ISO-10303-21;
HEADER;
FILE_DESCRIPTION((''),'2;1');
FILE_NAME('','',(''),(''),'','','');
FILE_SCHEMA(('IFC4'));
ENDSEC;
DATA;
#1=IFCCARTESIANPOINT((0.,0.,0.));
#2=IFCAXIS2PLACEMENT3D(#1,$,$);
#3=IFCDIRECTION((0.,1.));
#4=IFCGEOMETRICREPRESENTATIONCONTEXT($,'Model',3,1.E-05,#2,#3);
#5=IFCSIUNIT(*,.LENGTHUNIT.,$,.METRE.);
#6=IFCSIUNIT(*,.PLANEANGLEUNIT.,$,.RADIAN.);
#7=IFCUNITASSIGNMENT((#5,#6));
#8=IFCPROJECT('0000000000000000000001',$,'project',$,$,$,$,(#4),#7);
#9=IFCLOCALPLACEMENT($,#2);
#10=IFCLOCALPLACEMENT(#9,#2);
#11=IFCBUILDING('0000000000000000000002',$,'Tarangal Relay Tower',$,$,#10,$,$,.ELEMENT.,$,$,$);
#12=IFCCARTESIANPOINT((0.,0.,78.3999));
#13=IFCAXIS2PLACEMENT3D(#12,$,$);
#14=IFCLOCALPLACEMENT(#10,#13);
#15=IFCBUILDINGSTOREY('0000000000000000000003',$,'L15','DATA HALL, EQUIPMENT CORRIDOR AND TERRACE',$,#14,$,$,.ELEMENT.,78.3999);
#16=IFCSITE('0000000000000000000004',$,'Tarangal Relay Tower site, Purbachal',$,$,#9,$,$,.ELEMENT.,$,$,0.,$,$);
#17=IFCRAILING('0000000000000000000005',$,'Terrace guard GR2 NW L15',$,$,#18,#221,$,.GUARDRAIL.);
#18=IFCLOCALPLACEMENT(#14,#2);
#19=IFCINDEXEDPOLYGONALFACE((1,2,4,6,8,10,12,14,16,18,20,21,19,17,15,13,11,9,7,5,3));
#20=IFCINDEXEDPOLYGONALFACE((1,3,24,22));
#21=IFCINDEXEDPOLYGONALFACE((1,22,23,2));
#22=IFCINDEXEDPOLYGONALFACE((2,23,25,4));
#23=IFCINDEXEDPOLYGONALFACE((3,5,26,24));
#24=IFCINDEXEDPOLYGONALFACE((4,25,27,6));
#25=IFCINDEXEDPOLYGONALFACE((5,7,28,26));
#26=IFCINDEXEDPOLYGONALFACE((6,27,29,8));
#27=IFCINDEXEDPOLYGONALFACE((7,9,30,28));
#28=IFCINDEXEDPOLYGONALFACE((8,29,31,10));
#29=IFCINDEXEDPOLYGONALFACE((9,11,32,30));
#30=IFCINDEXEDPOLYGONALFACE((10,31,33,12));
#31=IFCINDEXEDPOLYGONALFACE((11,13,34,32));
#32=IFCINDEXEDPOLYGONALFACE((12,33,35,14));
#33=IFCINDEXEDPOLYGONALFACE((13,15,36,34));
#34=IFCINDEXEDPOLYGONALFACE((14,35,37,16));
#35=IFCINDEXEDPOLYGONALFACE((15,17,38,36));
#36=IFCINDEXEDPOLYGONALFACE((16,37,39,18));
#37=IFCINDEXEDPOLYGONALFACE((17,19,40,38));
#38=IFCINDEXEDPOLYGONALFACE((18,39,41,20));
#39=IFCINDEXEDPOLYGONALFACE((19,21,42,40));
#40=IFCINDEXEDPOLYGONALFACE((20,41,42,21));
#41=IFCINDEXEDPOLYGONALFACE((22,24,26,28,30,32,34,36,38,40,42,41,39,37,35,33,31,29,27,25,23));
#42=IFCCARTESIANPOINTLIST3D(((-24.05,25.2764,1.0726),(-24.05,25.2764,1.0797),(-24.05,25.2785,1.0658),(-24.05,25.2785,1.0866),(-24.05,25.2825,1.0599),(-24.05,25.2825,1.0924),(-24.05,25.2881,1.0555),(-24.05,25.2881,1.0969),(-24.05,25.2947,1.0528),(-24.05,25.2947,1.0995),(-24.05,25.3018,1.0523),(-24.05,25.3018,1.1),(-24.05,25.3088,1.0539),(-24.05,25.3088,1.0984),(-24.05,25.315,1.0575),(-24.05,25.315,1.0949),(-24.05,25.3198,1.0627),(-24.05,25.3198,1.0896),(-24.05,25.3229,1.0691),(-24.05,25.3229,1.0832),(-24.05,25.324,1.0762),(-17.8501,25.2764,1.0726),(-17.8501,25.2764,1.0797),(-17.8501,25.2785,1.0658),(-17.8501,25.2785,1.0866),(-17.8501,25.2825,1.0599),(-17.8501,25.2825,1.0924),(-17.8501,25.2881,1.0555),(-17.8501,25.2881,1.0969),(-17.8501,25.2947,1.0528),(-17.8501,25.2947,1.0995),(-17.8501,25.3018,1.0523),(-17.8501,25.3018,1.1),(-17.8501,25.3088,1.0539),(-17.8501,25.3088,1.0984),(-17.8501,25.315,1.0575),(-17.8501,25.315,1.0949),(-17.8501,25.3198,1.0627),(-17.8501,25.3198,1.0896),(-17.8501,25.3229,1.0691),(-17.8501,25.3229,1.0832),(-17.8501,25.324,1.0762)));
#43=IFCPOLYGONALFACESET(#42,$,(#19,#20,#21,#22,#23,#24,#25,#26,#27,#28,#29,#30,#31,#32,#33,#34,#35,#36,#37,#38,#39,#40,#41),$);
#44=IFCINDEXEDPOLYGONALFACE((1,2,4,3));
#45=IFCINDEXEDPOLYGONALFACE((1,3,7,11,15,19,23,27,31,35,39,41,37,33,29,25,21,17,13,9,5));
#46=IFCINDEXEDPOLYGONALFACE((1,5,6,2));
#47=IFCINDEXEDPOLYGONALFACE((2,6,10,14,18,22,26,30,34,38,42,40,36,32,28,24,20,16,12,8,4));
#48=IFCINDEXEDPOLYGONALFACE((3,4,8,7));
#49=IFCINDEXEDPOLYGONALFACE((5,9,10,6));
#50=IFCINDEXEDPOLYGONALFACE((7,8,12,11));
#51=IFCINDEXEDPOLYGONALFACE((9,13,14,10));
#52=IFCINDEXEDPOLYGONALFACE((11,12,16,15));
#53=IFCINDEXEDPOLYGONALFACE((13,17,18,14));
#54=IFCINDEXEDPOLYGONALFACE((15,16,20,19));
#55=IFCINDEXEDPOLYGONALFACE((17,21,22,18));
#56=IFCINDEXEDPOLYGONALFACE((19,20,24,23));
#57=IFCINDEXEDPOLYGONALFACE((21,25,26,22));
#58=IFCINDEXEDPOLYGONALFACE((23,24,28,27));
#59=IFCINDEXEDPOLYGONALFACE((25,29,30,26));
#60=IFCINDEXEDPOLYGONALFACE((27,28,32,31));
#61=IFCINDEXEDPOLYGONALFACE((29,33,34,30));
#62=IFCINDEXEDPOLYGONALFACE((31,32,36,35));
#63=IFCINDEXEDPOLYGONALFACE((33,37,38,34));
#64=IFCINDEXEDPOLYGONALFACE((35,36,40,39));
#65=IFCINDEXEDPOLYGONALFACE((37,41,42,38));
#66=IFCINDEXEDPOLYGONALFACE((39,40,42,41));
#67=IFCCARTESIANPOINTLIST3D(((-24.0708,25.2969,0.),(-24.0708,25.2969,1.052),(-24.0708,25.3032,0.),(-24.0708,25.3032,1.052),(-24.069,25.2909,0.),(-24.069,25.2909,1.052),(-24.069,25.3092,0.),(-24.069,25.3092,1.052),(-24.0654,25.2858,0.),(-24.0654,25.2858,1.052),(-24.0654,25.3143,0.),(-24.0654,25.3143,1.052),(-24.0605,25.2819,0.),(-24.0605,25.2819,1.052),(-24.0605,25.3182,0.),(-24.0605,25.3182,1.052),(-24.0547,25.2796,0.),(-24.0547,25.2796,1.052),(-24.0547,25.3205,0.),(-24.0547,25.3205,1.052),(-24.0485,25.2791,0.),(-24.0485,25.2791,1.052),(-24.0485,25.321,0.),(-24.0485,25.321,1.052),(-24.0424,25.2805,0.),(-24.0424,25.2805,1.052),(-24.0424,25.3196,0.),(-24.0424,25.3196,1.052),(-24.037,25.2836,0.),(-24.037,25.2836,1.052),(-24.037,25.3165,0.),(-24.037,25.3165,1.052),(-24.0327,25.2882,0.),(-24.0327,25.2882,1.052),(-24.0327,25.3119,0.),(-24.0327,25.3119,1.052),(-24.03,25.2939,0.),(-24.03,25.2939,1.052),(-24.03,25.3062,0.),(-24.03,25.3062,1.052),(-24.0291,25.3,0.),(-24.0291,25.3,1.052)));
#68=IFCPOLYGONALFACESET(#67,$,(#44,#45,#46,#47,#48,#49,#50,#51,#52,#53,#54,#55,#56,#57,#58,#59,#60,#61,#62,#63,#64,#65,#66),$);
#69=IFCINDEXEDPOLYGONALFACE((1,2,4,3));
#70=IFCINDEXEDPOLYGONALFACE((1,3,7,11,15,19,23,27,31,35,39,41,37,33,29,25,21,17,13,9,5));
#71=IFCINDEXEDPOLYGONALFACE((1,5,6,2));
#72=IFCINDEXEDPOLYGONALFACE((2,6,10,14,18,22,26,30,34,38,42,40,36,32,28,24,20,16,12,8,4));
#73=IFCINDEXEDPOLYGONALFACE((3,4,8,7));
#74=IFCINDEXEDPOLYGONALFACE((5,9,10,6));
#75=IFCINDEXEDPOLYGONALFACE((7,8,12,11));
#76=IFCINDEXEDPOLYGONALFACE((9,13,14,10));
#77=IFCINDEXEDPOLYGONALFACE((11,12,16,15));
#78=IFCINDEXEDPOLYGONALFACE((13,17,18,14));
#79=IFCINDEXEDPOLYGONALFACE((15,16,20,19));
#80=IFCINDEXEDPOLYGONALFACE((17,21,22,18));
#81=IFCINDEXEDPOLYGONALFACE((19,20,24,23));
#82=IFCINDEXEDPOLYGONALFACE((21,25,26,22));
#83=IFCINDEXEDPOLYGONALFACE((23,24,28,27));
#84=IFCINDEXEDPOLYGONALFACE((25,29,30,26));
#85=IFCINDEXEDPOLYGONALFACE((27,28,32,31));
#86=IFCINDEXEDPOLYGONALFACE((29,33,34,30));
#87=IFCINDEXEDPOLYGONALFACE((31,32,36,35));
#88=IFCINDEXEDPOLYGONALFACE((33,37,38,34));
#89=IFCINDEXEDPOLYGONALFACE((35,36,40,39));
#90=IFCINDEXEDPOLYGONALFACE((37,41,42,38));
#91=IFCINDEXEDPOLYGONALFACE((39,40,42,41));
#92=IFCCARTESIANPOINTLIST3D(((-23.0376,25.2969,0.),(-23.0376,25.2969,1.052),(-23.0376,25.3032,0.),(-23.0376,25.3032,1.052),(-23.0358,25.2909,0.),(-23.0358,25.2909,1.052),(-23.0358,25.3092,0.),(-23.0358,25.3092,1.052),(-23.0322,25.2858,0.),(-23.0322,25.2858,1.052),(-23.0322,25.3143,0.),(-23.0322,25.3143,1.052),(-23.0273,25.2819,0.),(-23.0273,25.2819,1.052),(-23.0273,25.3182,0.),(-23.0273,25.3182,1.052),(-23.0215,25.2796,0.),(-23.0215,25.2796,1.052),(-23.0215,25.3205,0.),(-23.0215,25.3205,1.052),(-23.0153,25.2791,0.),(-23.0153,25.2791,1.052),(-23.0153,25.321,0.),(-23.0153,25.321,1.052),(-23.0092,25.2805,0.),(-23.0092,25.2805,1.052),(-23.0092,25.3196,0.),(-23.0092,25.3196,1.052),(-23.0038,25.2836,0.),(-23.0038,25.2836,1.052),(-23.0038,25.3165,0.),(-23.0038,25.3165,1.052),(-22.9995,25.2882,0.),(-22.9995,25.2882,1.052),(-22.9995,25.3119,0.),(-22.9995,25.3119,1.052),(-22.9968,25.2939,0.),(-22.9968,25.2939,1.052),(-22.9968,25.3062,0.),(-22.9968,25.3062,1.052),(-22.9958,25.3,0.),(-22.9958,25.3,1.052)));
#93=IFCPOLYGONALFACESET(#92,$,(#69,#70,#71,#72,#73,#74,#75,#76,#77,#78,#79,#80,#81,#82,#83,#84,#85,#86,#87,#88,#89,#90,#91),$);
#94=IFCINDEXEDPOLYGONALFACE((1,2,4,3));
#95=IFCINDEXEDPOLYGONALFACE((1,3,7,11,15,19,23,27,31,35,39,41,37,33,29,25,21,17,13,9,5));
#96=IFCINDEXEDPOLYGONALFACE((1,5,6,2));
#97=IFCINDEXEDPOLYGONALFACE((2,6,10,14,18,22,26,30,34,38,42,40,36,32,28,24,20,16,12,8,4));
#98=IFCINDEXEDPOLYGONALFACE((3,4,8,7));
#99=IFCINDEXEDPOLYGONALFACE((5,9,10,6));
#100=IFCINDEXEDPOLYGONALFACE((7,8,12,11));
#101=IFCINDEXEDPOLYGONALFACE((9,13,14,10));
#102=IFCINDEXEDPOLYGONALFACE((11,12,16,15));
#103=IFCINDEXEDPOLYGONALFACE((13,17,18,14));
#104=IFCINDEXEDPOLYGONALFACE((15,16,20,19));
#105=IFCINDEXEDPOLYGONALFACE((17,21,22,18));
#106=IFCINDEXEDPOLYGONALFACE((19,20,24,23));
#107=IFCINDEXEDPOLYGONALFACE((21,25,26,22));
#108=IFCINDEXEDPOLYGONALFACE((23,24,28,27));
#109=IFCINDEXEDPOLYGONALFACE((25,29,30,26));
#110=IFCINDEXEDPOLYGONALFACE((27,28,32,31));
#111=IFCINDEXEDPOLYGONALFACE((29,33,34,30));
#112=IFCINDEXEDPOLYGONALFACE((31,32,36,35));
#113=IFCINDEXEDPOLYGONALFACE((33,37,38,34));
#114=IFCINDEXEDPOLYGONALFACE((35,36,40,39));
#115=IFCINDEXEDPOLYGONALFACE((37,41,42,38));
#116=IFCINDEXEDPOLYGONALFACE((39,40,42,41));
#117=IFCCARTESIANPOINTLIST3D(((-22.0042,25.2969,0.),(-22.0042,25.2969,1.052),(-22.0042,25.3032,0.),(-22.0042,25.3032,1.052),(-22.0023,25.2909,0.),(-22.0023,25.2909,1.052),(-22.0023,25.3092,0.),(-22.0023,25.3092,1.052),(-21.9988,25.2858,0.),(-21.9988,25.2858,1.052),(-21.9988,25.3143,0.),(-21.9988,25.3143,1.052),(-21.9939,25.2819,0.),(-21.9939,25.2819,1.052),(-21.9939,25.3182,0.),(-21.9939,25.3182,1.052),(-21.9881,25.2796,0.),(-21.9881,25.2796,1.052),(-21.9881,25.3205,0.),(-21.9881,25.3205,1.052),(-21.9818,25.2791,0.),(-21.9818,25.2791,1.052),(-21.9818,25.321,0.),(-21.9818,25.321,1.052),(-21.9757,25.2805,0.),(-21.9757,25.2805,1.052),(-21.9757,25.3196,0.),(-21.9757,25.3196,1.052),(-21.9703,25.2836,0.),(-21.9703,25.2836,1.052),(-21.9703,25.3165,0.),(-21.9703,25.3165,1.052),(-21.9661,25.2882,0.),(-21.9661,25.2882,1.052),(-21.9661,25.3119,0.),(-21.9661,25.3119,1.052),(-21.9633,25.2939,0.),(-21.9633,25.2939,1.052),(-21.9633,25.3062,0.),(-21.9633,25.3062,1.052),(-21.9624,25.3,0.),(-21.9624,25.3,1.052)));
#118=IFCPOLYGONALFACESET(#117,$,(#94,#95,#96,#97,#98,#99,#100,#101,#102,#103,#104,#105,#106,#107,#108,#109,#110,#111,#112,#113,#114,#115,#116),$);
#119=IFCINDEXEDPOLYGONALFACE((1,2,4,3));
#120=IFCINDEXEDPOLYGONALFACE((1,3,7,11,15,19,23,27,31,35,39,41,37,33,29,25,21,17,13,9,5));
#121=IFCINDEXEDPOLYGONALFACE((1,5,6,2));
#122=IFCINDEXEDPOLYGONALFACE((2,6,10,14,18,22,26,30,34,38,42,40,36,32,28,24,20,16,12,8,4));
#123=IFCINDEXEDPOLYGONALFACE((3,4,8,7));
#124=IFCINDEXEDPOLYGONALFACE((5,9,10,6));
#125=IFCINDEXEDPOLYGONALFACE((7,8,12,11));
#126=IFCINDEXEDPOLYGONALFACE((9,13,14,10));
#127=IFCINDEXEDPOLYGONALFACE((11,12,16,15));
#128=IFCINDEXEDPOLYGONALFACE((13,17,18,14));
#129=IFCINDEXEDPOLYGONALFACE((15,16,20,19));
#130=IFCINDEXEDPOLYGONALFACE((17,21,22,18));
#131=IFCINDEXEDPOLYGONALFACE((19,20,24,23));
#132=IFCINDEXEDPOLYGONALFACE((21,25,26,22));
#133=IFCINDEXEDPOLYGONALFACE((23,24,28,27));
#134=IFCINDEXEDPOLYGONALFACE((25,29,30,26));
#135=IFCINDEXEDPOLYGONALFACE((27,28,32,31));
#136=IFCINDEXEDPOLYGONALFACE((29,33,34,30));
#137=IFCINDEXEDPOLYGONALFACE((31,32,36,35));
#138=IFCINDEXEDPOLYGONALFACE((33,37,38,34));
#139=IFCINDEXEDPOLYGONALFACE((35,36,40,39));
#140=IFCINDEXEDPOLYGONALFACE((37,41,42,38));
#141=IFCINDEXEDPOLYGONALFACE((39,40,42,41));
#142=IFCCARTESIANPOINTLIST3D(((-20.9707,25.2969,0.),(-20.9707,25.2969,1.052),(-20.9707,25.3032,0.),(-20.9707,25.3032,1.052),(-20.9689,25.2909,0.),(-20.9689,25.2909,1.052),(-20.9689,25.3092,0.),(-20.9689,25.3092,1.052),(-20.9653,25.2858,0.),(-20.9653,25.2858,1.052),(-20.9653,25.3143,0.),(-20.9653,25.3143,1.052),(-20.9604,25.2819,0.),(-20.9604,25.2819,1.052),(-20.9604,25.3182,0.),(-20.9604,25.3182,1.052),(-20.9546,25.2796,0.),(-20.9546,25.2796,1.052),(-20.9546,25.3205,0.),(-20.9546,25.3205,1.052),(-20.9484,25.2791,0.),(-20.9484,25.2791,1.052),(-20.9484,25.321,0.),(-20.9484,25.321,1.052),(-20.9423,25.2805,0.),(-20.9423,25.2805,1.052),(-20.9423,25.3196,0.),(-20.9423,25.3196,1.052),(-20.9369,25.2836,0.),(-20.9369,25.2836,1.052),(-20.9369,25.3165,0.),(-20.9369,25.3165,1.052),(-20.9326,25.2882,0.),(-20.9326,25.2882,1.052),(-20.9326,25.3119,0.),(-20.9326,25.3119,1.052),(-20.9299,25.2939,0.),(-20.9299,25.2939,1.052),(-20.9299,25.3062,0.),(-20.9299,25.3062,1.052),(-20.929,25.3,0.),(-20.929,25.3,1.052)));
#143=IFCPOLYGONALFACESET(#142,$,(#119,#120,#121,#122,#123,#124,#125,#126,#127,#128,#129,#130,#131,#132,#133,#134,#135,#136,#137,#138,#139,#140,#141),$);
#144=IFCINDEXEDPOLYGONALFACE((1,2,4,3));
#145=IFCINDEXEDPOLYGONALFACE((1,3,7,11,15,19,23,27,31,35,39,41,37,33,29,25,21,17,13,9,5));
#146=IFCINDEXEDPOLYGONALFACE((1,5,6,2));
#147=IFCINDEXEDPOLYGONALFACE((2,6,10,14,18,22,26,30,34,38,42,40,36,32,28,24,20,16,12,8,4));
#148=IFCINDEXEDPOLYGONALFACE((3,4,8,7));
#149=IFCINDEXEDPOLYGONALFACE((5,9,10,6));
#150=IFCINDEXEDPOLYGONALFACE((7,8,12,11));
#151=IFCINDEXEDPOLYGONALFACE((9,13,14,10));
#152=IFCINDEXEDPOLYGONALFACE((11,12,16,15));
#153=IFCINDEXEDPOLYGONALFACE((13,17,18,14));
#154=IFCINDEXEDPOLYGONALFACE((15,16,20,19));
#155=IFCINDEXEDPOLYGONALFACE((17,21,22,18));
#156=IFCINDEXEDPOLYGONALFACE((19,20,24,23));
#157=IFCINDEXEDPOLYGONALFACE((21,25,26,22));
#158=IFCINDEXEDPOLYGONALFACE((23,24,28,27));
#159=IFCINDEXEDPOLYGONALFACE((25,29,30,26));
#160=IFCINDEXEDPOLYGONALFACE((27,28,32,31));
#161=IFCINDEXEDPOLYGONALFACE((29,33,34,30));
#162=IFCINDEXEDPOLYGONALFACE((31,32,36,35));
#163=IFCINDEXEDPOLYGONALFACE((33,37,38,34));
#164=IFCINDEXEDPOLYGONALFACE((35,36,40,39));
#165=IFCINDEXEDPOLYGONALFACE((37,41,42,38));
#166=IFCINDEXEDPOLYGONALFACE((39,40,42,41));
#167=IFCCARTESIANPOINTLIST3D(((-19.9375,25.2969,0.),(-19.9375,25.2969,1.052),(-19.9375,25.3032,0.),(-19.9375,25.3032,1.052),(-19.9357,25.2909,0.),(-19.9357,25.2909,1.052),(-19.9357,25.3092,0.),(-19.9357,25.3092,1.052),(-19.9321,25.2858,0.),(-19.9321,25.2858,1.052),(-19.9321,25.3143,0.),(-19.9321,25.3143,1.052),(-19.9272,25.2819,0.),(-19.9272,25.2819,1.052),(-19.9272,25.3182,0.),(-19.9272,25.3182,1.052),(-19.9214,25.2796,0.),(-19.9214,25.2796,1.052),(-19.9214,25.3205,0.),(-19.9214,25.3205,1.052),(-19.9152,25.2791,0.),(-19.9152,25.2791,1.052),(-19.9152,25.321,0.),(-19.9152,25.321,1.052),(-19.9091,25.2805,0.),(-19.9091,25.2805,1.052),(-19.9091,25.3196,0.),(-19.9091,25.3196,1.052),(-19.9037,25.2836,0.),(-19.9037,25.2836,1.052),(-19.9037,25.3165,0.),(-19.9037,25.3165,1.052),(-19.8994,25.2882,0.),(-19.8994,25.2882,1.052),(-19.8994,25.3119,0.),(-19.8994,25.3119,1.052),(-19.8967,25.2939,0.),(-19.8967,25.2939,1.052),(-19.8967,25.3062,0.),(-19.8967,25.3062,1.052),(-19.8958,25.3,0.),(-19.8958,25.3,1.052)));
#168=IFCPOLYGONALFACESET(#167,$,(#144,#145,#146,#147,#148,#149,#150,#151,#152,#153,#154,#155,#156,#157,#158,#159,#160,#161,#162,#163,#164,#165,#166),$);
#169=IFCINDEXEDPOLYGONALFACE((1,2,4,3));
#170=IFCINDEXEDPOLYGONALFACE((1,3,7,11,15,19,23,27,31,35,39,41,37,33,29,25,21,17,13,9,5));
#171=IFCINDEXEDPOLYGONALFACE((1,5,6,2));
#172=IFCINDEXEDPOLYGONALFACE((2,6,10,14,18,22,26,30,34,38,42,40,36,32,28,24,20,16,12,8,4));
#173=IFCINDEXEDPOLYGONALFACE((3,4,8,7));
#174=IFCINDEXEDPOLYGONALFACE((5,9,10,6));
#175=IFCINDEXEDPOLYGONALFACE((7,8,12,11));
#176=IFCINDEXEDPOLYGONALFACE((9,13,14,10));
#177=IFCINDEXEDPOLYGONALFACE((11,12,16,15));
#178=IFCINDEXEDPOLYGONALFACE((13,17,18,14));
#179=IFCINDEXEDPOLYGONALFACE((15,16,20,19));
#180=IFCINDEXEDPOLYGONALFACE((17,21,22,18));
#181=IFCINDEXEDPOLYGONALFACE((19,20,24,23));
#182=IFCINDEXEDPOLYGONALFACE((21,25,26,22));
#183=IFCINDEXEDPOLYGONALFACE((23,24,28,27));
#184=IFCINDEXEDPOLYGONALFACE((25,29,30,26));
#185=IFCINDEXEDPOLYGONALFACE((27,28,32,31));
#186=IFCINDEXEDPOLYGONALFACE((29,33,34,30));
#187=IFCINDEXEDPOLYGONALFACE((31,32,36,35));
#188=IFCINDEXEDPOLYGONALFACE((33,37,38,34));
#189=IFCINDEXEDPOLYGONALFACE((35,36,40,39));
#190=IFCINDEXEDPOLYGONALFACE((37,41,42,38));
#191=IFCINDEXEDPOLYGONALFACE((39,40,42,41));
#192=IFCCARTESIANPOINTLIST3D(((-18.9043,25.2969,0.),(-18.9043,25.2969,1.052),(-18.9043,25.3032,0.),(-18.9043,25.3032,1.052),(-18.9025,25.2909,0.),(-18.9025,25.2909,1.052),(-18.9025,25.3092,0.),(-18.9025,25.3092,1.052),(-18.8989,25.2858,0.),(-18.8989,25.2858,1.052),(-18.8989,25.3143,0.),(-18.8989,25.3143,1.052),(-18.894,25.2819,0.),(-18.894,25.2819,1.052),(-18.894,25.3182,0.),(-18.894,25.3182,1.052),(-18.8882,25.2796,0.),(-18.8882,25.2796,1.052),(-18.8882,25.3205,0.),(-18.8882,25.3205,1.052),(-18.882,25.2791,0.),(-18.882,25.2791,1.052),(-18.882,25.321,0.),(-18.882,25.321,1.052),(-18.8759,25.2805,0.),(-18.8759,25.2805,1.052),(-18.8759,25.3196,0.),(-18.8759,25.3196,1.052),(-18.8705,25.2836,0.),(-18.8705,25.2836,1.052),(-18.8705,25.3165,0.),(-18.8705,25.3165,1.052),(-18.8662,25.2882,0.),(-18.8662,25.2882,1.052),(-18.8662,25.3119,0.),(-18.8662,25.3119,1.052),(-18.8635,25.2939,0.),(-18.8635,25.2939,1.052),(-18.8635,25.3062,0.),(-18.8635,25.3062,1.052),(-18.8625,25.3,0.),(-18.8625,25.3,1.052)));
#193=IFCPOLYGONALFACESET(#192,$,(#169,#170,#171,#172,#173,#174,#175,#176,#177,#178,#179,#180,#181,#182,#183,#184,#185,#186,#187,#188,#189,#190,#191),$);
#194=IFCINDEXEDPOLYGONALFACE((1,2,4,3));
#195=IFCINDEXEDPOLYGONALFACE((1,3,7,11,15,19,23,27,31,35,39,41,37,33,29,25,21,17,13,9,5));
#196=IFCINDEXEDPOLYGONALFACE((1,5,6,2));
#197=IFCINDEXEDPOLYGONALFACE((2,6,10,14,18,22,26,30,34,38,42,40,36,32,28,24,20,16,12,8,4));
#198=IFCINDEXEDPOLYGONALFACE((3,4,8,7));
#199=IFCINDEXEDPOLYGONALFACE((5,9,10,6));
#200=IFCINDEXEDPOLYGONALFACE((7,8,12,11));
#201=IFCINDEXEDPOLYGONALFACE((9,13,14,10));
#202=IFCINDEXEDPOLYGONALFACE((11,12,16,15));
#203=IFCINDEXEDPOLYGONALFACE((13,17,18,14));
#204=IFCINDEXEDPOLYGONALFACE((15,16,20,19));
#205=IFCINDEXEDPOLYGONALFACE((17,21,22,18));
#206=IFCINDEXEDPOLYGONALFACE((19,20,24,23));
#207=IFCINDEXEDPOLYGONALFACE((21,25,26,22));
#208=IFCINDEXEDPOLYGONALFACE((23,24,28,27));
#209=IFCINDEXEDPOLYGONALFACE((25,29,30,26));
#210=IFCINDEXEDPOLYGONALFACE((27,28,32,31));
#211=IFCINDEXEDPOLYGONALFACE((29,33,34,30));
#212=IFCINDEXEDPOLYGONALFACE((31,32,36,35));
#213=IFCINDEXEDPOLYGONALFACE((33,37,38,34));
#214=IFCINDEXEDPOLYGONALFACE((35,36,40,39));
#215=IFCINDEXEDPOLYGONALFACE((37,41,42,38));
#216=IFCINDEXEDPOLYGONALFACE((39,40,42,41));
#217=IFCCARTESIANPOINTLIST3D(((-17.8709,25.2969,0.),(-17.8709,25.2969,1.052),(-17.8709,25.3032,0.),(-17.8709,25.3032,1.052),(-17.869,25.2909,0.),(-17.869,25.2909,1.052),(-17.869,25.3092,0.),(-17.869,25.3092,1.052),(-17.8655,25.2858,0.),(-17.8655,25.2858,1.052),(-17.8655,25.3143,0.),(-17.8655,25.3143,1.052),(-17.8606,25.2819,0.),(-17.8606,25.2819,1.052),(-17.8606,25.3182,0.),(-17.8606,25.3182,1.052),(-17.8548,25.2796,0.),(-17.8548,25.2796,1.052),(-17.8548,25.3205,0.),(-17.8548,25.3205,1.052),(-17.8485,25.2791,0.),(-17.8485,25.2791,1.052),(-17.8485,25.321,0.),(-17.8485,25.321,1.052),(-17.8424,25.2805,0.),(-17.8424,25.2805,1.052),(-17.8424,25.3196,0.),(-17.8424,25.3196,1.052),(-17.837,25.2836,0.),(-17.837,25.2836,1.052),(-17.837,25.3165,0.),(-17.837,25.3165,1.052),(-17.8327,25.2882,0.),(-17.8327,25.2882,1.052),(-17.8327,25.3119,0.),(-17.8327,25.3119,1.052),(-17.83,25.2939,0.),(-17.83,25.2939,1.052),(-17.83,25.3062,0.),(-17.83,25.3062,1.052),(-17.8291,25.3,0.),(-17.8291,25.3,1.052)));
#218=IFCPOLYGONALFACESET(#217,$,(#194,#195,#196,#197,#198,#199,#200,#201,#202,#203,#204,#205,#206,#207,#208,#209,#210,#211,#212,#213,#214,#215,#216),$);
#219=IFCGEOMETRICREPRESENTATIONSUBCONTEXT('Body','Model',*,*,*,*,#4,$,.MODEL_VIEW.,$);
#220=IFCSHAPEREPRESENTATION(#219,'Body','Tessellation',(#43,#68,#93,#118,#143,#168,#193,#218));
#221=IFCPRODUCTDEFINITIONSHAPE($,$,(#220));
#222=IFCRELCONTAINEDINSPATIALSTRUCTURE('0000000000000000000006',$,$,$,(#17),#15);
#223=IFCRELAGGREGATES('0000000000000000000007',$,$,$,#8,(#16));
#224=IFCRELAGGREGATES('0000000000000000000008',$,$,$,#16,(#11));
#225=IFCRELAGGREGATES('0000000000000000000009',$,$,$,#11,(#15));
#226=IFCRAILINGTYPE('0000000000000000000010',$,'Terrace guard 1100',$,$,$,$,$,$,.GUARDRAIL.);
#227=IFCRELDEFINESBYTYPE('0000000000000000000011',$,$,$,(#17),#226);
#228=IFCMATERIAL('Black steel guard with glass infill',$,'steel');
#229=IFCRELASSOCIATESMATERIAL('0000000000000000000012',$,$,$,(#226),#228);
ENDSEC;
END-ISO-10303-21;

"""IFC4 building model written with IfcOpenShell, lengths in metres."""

from ifc_helpers import new_model, si_unit, direction, frame, origin, origin_2d, place, context, subcontext, project, spatial, circle, extrude, material, type_object, element, save


model = new_model("IFC4")

# Units and contexts
model_context = context("Model", 3, precision=1e-05, world=origin(), true_north=direction((0.0, 1.0)))
body_context = subcontext(model_context, "Body", "Model", "MODEL_VIEW")
ifc_project = project(units=[si_unit("LENGTHUNIT", "METRE"), si_unit("PLANEANGLEUNIT", "RADIAN")], contexts=[model_context])

# Site, building, storey
site_placement = place(None, origin())
site = spatial("IfcSite", under=ifc_project, at=site_placement, Name="Tarangal Relay Tower site, Purbachal", CompositionType="ELEMENT", RefElevation=0.0)
building_placement = place(site_placement, origin())
building = spatial("IfcBuilding", under=site, at=building_placement, Name="Tarangal Relay Tower", CompositionType="ELEMENT")
storey_placement = place(building_placement, frame((0.0, 0.0, 78.3999)))
storey = spatial("IfcBuildingStorey", under=building, at=storey_placement, Name="L15", Description="DATA HALL, EQUIPMENT CORRIDOR AND TERRACE", CompositionType="ELEMENT", Elevation=78.3999)

# Railing
ifc_material_1 = material(Name="Black steel guard with glass infill", Category="steel")
railing_type = type_object("IfcRailingType", Name="Terrace guard 1100", PredefinedType="GUARDRAIL", material=ifc_material_1)
railing_1_placement = place(storey_placement, frame((-24.05, 25.3, 0.0)))
element("IfcRailing", 1, at=railing_1_placement, inside=storey, type_object=railing_type, Name="Terrace guard GR2 NW L15", PredefinedType="GUARDRAIL", context=body_context, shape_type="SweptSolid", body=[
    extrude(circle(Radius=0.0239, at=origin_2d()), frame((0.0, 0.0, 1.0762), z_axis=(1.0, 0.0, 0.0), x_axis=(0.0, 1.0, 0.0)), (0.0, 0.0, 1.0), 6.2),
    extrude(circle(Radius=0.021, at=origin_2d()), origin(), (0.0, 0.0, 1.0), 1.052),
    extrude(circle(Radius=0.021, at=origin_2d()), frame((1.0332, 0.0, 0.0)), (0.0, 0.0, 1.0), 1.052),
    extrude(circle(Radius=0.021, at=origin_2d()), frame((2.0667, 0.0, 0.0)), (0.0, 0.0, 1.0), 1.052),
    extrude(circle(Radius=0.021, at=origin_2d()), frame((3.1001, 0.0, 0.0)), (0.0, 0.0, 1.0), 1.052),
    extrude(circle(Radius=0.021, at=origin_2d()), frame((4.1333, 0.0, 0.0)), (0.0, 0.0, 1.0), 1.052),
    extrude(circle(Radius=0.021, at=origin_2d()), frame((5.1665, 0.0, 0.0)), (0.0, 0.0, 1.0), 1.052),
    extrude(circle(Radius=0.021, at=origin_2d()), frame((6.2, 0.0, 0.0)), (0.0, 0.0, 1.0), 1.052),
])

save(model, "model.ifc")
